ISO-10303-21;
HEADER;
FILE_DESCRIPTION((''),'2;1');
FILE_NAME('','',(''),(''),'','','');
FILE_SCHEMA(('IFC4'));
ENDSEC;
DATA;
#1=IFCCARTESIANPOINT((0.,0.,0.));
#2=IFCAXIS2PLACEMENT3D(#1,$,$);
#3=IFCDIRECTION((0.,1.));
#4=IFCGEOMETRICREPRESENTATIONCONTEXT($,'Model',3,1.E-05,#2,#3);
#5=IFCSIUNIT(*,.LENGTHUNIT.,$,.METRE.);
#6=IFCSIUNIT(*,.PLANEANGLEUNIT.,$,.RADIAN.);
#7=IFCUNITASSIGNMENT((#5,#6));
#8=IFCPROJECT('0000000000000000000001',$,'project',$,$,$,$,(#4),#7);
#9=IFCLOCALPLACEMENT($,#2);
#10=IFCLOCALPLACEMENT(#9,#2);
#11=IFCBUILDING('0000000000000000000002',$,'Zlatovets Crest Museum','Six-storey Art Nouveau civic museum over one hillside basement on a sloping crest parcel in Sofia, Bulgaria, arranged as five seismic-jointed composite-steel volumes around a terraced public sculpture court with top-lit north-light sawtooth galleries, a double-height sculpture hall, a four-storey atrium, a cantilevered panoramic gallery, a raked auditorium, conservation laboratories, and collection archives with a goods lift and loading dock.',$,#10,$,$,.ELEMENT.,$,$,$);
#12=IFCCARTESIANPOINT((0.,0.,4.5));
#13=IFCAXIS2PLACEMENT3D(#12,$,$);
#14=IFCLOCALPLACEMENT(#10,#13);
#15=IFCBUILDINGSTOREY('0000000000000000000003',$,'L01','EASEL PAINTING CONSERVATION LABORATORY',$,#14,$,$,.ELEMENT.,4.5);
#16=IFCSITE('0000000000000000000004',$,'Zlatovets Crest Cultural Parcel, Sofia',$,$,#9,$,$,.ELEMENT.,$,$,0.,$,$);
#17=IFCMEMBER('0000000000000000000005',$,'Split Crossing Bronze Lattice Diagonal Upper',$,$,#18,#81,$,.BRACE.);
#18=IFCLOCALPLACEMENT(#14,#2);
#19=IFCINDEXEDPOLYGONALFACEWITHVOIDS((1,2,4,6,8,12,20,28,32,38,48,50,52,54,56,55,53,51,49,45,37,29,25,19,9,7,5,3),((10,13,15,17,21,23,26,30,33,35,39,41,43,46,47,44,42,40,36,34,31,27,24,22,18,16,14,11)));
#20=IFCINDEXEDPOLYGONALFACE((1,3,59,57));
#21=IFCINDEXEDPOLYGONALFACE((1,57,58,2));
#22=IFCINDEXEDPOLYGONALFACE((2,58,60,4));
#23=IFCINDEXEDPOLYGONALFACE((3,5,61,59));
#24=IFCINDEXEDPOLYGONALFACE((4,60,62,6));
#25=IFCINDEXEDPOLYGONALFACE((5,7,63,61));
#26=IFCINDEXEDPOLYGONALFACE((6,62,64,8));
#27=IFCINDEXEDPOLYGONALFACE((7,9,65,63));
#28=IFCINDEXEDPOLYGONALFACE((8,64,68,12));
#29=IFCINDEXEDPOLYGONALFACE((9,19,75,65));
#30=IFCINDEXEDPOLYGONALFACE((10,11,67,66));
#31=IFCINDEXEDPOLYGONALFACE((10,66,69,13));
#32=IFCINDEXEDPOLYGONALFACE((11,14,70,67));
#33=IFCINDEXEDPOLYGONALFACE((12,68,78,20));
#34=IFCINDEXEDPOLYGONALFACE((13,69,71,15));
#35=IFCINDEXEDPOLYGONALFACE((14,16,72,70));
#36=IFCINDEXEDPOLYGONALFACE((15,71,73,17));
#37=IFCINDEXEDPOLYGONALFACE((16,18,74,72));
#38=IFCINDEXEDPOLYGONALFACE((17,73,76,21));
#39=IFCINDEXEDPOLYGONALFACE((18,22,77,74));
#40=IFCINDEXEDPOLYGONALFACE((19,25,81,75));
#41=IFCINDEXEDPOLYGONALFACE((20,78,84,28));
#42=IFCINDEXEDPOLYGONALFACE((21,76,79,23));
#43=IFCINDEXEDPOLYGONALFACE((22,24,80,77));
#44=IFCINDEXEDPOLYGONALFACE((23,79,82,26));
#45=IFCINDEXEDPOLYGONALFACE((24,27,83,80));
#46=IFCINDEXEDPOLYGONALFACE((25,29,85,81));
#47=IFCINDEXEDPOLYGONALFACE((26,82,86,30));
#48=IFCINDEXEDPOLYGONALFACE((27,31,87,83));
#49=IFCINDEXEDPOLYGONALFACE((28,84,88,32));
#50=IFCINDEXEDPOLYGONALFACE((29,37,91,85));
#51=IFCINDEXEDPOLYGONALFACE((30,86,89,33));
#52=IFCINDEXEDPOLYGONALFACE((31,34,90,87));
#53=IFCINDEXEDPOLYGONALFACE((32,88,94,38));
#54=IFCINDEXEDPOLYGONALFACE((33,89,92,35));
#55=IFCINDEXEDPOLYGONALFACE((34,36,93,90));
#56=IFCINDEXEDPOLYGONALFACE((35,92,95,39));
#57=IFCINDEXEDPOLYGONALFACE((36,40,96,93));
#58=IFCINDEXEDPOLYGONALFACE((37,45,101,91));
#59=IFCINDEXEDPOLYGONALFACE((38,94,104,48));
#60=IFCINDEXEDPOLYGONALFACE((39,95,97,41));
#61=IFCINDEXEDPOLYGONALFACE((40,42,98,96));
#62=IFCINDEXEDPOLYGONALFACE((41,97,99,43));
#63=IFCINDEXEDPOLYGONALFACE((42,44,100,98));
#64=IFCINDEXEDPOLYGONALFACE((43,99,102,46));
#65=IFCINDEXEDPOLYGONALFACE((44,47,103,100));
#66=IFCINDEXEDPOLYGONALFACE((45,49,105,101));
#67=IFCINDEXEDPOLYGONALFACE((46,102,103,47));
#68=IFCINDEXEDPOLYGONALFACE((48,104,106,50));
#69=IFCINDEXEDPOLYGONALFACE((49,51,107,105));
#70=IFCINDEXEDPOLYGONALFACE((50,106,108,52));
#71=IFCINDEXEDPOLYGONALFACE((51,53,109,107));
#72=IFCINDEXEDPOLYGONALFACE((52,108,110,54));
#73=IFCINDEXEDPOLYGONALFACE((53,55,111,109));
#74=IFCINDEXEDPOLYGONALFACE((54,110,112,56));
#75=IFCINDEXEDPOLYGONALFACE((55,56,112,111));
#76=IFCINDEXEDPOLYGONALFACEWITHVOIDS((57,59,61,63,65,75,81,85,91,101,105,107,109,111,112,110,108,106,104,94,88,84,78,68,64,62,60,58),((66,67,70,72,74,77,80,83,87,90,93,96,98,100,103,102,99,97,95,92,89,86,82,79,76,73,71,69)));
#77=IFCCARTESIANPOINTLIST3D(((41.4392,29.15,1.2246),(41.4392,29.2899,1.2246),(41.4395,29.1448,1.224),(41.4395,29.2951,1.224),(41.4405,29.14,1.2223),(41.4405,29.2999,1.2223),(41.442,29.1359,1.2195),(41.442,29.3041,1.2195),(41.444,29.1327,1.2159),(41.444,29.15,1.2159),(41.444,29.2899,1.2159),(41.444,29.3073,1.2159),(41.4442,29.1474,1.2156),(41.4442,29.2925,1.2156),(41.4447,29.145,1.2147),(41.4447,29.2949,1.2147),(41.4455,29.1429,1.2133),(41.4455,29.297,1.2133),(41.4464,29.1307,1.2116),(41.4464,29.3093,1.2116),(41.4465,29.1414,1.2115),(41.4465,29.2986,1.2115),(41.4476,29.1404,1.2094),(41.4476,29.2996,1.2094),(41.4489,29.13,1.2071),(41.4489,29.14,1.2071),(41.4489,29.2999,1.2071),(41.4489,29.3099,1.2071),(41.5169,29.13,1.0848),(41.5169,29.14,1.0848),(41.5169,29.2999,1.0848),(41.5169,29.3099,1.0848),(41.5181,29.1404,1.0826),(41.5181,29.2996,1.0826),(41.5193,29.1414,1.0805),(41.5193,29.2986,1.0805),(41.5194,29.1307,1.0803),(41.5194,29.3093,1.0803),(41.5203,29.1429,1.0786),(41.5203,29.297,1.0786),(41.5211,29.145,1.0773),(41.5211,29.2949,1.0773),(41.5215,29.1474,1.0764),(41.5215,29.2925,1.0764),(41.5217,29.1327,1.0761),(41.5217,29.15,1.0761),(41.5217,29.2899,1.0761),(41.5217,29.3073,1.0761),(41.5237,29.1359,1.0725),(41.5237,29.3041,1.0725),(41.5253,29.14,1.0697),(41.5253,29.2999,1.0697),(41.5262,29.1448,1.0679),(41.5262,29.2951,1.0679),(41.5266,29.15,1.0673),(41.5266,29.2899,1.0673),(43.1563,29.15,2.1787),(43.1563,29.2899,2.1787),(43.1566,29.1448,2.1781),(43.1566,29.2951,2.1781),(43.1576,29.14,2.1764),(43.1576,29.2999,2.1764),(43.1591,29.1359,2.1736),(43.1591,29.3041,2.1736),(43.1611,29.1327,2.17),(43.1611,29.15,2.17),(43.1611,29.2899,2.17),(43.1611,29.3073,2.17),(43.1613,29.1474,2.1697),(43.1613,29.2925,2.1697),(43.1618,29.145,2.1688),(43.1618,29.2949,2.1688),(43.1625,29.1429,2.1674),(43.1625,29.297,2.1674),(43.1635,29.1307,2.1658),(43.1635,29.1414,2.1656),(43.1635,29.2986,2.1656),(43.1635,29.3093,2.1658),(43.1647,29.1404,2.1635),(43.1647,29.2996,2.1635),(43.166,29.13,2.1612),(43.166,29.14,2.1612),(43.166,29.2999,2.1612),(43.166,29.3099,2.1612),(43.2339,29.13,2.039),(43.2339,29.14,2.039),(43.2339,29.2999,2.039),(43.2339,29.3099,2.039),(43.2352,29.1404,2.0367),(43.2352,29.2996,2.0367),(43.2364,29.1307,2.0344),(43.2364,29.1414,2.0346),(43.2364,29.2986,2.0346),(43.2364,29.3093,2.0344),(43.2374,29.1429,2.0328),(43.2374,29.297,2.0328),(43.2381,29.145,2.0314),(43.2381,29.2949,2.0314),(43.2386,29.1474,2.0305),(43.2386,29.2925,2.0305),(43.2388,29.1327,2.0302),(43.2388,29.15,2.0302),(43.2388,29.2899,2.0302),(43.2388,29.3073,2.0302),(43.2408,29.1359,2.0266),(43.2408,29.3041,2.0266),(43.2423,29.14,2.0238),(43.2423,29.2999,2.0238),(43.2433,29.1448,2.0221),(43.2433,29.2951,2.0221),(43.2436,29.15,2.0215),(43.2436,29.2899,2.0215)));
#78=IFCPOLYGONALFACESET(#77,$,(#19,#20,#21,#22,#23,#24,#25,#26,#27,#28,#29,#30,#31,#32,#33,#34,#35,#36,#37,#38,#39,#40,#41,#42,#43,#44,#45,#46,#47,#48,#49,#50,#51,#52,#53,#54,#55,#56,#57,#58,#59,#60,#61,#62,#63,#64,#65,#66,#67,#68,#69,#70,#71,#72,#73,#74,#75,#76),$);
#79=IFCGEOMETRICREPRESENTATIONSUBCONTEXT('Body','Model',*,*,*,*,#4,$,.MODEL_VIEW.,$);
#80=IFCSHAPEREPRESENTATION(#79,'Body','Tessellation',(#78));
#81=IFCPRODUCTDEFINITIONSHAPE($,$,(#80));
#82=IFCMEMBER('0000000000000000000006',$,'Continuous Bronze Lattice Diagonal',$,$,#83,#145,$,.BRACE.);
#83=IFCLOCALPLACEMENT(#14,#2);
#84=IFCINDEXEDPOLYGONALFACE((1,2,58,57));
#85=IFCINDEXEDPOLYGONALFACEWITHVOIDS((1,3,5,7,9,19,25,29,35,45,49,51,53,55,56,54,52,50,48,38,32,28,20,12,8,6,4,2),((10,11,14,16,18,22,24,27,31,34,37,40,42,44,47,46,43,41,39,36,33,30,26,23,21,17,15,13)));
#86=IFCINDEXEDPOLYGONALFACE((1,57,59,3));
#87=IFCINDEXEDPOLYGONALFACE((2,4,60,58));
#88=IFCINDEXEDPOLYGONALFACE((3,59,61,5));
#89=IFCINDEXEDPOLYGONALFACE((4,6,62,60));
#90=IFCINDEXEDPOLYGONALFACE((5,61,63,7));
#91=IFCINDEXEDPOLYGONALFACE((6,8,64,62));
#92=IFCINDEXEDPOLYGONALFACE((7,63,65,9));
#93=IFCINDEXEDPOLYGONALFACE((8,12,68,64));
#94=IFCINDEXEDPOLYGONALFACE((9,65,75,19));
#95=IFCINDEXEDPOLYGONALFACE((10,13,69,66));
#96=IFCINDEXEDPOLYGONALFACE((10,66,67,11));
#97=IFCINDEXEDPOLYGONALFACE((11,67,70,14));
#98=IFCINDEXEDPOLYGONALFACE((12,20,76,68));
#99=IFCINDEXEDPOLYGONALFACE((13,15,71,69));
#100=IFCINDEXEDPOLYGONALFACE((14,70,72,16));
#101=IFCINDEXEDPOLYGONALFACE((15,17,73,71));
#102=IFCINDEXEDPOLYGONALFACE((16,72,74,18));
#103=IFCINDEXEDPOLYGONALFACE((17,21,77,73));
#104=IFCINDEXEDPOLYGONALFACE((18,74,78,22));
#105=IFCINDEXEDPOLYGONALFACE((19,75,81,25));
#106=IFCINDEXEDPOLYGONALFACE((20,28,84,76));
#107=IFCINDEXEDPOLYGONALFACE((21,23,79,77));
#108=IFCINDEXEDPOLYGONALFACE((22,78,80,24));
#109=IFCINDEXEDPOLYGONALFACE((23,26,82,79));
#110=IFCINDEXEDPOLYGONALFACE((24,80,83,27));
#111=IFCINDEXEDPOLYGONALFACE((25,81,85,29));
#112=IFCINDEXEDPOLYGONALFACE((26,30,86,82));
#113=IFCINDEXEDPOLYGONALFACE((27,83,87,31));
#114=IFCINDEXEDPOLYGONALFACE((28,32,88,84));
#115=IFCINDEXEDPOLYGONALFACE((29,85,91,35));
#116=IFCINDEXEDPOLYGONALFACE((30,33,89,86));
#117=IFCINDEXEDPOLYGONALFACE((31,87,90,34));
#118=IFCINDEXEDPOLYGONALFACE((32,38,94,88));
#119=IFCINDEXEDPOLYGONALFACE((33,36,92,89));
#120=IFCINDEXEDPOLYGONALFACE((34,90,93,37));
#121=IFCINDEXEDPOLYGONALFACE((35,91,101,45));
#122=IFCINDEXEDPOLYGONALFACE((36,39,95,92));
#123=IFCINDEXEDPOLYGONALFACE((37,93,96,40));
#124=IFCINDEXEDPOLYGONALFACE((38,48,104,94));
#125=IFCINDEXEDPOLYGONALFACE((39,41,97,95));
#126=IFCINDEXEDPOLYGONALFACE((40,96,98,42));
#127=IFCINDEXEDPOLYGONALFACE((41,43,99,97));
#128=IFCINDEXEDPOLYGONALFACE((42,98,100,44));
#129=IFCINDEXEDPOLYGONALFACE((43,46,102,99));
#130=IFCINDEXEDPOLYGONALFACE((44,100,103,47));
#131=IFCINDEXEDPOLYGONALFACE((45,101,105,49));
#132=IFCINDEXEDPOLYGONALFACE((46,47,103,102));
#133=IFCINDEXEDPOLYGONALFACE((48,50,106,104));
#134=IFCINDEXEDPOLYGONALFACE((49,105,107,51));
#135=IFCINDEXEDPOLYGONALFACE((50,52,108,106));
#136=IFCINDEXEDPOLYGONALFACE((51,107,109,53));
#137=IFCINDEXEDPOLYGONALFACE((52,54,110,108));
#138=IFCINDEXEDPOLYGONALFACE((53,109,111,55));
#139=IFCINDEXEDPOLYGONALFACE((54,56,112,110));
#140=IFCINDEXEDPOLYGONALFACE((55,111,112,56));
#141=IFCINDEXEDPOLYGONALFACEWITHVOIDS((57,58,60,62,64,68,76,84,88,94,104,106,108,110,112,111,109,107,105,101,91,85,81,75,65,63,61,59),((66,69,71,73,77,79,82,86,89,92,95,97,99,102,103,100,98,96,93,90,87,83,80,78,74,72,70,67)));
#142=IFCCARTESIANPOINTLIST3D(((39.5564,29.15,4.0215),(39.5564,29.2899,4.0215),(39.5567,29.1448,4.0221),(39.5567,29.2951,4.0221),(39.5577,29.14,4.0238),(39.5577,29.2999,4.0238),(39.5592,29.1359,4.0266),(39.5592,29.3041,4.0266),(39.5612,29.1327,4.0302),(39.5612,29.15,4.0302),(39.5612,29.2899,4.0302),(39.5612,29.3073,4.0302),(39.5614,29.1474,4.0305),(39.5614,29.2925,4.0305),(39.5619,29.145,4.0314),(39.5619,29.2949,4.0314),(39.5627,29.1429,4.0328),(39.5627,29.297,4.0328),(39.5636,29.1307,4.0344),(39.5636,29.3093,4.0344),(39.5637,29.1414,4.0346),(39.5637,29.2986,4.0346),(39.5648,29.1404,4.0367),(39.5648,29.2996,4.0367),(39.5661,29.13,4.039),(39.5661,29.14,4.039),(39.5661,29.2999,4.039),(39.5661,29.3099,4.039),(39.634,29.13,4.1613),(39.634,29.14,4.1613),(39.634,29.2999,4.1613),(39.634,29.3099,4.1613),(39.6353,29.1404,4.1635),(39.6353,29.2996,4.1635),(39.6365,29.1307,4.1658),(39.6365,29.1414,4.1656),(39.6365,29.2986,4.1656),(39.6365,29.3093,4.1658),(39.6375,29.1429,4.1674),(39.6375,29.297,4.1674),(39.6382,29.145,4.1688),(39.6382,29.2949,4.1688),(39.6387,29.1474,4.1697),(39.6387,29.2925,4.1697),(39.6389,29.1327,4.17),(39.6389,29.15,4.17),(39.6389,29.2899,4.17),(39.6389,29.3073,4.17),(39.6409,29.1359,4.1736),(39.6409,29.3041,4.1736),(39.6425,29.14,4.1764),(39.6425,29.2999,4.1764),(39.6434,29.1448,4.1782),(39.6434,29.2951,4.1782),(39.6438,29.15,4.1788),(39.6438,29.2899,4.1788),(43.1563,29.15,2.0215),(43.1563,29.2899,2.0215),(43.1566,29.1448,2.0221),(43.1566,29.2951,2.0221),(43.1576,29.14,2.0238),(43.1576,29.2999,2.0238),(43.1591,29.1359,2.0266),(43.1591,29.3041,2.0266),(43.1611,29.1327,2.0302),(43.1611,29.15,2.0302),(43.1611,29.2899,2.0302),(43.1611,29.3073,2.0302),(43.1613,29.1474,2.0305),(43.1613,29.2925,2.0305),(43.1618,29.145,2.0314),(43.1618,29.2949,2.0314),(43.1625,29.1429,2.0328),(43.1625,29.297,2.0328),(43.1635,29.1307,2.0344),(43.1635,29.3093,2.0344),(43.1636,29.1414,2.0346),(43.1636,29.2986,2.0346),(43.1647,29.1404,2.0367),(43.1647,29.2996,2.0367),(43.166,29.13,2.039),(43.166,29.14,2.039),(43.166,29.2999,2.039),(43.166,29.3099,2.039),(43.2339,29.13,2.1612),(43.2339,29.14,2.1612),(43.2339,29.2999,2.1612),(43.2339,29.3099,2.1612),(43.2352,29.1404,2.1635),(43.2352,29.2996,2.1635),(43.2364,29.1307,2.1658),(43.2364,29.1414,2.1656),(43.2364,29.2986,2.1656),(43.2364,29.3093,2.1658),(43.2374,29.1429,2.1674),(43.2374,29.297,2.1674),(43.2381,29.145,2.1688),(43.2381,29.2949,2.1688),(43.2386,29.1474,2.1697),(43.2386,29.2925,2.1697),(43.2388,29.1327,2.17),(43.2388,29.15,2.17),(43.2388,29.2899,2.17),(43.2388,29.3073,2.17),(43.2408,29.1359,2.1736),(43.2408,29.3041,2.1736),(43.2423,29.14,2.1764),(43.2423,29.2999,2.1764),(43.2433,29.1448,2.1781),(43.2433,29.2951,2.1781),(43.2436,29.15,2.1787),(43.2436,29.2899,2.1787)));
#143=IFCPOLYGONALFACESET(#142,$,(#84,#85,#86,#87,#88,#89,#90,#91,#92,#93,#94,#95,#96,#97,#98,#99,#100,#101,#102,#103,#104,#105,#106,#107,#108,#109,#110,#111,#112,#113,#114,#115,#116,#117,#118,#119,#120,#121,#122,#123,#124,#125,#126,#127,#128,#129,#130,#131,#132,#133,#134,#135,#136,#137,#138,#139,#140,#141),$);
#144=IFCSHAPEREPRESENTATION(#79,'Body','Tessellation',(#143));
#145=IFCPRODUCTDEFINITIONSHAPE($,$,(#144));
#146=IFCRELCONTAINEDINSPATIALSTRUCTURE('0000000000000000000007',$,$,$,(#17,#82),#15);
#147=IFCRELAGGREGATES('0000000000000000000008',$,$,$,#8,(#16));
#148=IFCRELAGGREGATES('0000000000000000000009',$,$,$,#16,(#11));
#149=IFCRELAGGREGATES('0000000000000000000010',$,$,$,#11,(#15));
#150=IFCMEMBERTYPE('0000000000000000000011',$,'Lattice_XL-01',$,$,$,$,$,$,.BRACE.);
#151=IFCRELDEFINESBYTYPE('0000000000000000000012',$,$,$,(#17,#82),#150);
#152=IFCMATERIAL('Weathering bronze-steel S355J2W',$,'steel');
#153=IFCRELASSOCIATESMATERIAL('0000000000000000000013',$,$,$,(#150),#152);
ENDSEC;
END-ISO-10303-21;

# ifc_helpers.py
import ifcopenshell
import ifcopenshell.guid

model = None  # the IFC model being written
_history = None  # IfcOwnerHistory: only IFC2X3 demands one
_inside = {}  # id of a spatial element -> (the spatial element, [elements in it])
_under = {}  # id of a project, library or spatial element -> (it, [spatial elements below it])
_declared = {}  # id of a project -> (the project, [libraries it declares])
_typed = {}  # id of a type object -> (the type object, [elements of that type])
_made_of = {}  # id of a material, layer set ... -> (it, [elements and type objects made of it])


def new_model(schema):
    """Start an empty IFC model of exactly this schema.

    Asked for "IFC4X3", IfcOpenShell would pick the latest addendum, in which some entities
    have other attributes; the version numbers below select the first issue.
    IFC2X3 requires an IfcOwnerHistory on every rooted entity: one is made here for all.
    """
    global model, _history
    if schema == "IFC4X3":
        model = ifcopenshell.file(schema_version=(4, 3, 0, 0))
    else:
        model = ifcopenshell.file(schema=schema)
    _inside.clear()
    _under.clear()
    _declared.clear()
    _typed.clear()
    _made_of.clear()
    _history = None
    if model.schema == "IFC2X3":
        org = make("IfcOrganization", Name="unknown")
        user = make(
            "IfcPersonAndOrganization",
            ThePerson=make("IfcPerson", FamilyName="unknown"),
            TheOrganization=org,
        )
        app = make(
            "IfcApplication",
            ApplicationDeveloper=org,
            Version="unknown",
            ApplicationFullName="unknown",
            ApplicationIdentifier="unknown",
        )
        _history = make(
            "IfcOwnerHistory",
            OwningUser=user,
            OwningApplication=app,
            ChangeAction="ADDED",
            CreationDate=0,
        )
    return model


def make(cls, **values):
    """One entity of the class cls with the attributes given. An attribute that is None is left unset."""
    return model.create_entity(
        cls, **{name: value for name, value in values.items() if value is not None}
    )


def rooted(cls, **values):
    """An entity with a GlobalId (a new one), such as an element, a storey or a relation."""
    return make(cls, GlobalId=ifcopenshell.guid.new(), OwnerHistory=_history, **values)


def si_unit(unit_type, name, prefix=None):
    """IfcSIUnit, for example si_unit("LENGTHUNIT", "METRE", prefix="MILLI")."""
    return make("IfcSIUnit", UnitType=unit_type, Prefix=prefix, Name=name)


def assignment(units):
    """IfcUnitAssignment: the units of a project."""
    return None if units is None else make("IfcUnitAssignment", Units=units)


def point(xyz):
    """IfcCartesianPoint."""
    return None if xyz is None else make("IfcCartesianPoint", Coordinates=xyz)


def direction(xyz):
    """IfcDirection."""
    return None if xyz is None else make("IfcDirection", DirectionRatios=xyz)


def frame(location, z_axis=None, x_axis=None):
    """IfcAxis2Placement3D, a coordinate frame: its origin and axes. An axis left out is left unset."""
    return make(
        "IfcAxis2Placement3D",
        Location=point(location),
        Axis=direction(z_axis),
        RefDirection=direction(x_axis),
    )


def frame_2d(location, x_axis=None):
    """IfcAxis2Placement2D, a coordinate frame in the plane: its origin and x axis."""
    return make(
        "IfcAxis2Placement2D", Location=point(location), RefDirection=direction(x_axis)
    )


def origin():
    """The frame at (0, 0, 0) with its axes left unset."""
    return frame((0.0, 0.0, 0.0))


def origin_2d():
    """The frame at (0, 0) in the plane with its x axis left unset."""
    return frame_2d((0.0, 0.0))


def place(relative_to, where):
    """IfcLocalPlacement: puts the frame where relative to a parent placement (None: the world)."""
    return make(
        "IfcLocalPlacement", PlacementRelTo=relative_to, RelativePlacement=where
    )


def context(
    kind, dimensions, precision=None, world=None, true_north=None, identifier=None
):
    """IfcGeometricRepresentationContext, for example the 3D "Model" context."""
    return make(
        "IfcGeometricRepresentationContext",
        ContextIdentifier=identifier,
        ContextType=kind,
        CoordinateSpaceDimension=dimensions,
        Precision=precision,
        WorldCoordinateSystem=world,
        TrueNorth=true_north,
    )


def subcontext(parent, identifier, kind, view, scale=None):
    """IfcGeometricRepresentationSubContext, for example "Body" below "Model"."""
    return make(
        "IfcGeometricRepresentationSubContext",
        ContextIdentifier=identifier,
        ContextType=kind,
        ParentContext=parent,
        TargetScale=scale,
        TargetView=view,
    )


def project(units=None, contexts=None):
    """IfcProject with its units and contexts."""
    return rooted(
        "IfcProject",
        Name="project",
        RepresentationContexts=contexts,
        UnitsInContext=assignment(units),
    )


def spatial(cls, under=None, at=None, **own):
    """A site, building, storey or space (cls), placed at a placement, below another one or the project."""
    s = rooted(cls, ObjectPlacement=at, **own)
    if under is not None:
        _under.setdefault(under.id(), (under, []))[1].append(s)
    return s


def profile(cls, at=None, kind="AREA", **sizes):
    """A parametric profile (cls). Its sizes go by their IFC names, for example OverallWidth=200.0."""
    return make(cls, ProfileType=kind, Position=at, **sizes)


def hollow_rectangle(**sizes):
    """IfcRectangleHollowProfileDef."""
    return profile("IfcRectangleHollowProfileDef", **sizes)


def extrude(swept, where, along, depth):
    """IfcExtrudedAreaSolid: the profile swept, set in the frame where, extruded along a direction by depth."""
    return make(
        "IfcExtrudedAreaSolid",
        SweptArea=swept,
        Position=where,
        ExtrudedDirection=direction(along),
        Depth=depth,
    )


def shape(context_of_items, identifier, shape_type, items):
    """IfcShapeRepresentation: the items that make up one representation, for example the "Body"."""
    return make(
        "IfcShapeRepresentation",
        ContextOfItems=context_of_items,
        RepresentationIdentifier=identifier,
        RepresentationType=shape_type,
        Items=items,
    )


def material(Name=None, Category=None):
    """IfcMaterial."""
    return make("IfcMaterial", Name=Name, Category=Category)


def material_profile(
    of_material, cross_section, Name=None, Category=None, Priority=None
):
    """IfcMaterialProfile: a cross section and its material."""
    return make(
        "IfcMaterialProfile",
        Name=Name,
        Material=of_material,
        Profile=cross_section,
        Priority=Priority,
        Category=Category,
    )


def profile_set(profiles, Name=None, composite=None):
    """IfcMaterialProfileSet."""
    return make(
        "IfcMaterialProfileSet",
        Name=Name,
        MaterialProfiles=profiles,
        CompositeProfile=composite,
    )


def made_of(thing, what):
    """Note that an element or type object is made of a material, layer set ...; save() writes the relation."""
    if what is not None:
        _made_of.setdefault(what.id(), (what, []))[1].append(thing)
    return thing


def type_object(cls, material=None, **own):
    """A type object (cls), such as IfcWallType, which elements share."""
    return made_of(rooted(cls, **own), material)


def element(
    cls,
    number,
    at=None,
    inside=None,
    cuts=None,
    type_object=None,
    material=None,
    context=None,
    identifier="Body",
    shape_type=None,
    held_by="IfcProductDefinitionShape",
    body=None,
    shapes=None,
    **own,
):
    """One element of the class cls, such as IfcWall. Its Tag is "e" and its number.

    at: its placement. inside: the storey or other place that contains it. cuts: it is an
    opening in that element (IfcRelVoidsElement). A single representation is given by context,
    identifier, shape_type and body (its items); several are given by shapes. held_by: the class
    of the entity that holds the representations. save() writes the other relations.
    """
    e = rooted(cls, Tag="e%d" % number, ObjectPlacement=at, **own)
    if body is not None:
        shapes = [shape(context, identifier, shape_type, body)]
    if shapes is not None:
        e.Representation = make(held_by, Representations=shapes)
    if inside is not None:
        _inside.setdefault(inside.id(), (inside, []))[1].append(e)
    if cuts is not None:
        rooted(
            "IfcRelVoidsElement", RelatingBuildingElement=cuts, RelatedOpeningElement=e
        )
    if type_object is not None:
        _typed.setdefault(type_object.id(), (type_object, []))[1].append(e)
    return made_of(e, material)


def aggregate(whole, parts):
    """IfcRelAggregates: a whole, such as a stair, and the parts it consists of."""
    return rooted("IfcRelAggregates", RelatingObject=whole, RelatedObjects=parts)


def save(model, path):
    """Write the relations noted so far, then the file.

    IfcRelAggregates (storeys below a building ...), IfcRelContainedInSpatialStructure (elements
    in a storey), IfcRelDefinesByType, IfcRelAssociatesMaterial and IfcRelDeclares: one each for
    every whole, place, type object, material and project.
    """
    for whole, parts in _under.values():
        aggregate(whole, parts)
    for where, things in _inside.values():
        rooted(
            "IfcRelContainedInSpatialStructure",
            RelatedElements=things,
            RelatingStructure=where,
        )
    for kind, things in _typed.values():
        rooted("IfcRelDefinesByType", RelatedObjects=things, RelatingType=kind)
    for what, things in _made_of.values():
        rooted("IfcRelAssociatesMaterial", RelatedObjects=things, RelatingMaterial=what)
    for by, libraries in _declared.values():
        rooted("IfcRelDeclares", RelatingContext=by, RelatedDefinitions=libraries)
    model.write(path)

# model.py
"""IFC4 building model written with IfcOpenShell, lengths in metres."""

from ifc_helpers import new_model, si_unit, direction, frame, origin, origin_2d, place, context, subcontext, project, spatial, hollow_rectangle, extrude, material, material_profile, profile_set, type_object, element, save


model = new_model("IFC4")

# Units and contexts
model_context = context("Model", 3, precision=1e-05, world=origin(), true_north=direction((0.0, 1.0)))
body_context = subcontext(model_context, "Body", "Model", "MODEL_VIEW")
ifc_project = project(units=[si_unit("LENGTHUNIT", "METRE"), si_unit("PLANEANGLEUNIT", "RADIAN")], contexts=[model_context])

# Site, building, storey
site_placement = place(None, origin())
site = spatial("IfcSite", under=ifc_project, at=site_placement, Name="Zlatovets Crest Cultural Parcel, Sofia", CompositionType="ELEMENT", RefElevation=0.0)
building_placement = place(site_placement, origin())
building = spatial("IfcBuilding", under=site, at=building_placement, Name="Zlatovets Crest Museum", Description="Six-storey Art Nouveau civic museum over one hillside basement on a sloping crest parcel in Sofia, Bulgaria, arranged as five seismic-jointed composite-steel volumes around a terraced public sculpture court with top-lit north-light sawtooth galleries, a double-height sculpture hall, a four-storey atrium, a cantilevered panoramic gallery, a raked auditorium, conservation laboratories, and collection archives with a goods lift and loading dock.", CompositionType="ELEMENT")
storey_placement = place(building_placement, frame((0.0, 0.0, 4.5)))
storey = spatial("IfcBuildingStorey", under=building, at=storey_placement, Name="L01", Description="EASEL PAINTING CONSERVATION LABORATORY", CompositionType="ELEMENT", Elevation=4.5)

# Members
ifc_material_1 = material(Name="Weathering bronze-steel S355J2W", Category="steel")
ifc_material_profile_1 = material_profile(ifc_material_1, hollow_rectangle(XDim=0.1799, YDim=0.1799, WallThickness=0.01, InnerFilletRadius=0.01, OuterFilletRadius=0.02, at=origin_2d()), Name="SHS 180x180x10.0")
ifc_profile_set_1 = profile_set([ifc_material_profile_1], Name="Weathering bronze-steel S355J2W")
member_type_1 = type_object("IfcMemberType", Name="Lattice_XL-01", PredefinedType="BRACE", material=ifc_profile_set_1)
member_1_placement = place(storey_placement, frame((43.2, 29.22, 2.1001), z_axis=(-0.874116, 0.0, -0.485717), x_axis=(0.0, -1.0, 0.0)))
element("IfcMember", 1, at=member_1_placement, inside=storey, type_object=member_type_1, Name="Split Crossing Bronze Lattice Diagonal Upper", PredefinedType="BRACE", context=body_context, shape_type="SweptSolid", body=[
    extrude(hollow_rectangle(XDim=0.1799, YDim=0.1799, WallThickness=0.01, InnerFilletRadius=0.01, OuterFilletRadius=0.02, at=origin_2d()), origin(), (0.0, 0.0, 1.0), 1.9644),
])
member_2_placement = place(storey_placement, frame((43.2, 29.22, 2.1001), z_axis=(-0.874149, 0.0, 0.485658), x_axis=(0.0, -1.0, 0.0)))
element("IfcMember", 2, at=member_2_placement, inside=storey, type_object=member_type_1, Name="Continuous Bronze Lattice Diagonal", PredefinedType="BRACE", context=body_context, shape_type="SweptSolid", body=[
    extrude(hollow_rectangle(XDim=0.1799, YDim=0.1799, WallThickness=0.01, InnerFilletRadius=0.01, OuterFilletRadius=0.02, at=origin_2d()), origin(), (0.0, 0.0, 1.0), 4.1182),
])

save(model, "model.ifc")
